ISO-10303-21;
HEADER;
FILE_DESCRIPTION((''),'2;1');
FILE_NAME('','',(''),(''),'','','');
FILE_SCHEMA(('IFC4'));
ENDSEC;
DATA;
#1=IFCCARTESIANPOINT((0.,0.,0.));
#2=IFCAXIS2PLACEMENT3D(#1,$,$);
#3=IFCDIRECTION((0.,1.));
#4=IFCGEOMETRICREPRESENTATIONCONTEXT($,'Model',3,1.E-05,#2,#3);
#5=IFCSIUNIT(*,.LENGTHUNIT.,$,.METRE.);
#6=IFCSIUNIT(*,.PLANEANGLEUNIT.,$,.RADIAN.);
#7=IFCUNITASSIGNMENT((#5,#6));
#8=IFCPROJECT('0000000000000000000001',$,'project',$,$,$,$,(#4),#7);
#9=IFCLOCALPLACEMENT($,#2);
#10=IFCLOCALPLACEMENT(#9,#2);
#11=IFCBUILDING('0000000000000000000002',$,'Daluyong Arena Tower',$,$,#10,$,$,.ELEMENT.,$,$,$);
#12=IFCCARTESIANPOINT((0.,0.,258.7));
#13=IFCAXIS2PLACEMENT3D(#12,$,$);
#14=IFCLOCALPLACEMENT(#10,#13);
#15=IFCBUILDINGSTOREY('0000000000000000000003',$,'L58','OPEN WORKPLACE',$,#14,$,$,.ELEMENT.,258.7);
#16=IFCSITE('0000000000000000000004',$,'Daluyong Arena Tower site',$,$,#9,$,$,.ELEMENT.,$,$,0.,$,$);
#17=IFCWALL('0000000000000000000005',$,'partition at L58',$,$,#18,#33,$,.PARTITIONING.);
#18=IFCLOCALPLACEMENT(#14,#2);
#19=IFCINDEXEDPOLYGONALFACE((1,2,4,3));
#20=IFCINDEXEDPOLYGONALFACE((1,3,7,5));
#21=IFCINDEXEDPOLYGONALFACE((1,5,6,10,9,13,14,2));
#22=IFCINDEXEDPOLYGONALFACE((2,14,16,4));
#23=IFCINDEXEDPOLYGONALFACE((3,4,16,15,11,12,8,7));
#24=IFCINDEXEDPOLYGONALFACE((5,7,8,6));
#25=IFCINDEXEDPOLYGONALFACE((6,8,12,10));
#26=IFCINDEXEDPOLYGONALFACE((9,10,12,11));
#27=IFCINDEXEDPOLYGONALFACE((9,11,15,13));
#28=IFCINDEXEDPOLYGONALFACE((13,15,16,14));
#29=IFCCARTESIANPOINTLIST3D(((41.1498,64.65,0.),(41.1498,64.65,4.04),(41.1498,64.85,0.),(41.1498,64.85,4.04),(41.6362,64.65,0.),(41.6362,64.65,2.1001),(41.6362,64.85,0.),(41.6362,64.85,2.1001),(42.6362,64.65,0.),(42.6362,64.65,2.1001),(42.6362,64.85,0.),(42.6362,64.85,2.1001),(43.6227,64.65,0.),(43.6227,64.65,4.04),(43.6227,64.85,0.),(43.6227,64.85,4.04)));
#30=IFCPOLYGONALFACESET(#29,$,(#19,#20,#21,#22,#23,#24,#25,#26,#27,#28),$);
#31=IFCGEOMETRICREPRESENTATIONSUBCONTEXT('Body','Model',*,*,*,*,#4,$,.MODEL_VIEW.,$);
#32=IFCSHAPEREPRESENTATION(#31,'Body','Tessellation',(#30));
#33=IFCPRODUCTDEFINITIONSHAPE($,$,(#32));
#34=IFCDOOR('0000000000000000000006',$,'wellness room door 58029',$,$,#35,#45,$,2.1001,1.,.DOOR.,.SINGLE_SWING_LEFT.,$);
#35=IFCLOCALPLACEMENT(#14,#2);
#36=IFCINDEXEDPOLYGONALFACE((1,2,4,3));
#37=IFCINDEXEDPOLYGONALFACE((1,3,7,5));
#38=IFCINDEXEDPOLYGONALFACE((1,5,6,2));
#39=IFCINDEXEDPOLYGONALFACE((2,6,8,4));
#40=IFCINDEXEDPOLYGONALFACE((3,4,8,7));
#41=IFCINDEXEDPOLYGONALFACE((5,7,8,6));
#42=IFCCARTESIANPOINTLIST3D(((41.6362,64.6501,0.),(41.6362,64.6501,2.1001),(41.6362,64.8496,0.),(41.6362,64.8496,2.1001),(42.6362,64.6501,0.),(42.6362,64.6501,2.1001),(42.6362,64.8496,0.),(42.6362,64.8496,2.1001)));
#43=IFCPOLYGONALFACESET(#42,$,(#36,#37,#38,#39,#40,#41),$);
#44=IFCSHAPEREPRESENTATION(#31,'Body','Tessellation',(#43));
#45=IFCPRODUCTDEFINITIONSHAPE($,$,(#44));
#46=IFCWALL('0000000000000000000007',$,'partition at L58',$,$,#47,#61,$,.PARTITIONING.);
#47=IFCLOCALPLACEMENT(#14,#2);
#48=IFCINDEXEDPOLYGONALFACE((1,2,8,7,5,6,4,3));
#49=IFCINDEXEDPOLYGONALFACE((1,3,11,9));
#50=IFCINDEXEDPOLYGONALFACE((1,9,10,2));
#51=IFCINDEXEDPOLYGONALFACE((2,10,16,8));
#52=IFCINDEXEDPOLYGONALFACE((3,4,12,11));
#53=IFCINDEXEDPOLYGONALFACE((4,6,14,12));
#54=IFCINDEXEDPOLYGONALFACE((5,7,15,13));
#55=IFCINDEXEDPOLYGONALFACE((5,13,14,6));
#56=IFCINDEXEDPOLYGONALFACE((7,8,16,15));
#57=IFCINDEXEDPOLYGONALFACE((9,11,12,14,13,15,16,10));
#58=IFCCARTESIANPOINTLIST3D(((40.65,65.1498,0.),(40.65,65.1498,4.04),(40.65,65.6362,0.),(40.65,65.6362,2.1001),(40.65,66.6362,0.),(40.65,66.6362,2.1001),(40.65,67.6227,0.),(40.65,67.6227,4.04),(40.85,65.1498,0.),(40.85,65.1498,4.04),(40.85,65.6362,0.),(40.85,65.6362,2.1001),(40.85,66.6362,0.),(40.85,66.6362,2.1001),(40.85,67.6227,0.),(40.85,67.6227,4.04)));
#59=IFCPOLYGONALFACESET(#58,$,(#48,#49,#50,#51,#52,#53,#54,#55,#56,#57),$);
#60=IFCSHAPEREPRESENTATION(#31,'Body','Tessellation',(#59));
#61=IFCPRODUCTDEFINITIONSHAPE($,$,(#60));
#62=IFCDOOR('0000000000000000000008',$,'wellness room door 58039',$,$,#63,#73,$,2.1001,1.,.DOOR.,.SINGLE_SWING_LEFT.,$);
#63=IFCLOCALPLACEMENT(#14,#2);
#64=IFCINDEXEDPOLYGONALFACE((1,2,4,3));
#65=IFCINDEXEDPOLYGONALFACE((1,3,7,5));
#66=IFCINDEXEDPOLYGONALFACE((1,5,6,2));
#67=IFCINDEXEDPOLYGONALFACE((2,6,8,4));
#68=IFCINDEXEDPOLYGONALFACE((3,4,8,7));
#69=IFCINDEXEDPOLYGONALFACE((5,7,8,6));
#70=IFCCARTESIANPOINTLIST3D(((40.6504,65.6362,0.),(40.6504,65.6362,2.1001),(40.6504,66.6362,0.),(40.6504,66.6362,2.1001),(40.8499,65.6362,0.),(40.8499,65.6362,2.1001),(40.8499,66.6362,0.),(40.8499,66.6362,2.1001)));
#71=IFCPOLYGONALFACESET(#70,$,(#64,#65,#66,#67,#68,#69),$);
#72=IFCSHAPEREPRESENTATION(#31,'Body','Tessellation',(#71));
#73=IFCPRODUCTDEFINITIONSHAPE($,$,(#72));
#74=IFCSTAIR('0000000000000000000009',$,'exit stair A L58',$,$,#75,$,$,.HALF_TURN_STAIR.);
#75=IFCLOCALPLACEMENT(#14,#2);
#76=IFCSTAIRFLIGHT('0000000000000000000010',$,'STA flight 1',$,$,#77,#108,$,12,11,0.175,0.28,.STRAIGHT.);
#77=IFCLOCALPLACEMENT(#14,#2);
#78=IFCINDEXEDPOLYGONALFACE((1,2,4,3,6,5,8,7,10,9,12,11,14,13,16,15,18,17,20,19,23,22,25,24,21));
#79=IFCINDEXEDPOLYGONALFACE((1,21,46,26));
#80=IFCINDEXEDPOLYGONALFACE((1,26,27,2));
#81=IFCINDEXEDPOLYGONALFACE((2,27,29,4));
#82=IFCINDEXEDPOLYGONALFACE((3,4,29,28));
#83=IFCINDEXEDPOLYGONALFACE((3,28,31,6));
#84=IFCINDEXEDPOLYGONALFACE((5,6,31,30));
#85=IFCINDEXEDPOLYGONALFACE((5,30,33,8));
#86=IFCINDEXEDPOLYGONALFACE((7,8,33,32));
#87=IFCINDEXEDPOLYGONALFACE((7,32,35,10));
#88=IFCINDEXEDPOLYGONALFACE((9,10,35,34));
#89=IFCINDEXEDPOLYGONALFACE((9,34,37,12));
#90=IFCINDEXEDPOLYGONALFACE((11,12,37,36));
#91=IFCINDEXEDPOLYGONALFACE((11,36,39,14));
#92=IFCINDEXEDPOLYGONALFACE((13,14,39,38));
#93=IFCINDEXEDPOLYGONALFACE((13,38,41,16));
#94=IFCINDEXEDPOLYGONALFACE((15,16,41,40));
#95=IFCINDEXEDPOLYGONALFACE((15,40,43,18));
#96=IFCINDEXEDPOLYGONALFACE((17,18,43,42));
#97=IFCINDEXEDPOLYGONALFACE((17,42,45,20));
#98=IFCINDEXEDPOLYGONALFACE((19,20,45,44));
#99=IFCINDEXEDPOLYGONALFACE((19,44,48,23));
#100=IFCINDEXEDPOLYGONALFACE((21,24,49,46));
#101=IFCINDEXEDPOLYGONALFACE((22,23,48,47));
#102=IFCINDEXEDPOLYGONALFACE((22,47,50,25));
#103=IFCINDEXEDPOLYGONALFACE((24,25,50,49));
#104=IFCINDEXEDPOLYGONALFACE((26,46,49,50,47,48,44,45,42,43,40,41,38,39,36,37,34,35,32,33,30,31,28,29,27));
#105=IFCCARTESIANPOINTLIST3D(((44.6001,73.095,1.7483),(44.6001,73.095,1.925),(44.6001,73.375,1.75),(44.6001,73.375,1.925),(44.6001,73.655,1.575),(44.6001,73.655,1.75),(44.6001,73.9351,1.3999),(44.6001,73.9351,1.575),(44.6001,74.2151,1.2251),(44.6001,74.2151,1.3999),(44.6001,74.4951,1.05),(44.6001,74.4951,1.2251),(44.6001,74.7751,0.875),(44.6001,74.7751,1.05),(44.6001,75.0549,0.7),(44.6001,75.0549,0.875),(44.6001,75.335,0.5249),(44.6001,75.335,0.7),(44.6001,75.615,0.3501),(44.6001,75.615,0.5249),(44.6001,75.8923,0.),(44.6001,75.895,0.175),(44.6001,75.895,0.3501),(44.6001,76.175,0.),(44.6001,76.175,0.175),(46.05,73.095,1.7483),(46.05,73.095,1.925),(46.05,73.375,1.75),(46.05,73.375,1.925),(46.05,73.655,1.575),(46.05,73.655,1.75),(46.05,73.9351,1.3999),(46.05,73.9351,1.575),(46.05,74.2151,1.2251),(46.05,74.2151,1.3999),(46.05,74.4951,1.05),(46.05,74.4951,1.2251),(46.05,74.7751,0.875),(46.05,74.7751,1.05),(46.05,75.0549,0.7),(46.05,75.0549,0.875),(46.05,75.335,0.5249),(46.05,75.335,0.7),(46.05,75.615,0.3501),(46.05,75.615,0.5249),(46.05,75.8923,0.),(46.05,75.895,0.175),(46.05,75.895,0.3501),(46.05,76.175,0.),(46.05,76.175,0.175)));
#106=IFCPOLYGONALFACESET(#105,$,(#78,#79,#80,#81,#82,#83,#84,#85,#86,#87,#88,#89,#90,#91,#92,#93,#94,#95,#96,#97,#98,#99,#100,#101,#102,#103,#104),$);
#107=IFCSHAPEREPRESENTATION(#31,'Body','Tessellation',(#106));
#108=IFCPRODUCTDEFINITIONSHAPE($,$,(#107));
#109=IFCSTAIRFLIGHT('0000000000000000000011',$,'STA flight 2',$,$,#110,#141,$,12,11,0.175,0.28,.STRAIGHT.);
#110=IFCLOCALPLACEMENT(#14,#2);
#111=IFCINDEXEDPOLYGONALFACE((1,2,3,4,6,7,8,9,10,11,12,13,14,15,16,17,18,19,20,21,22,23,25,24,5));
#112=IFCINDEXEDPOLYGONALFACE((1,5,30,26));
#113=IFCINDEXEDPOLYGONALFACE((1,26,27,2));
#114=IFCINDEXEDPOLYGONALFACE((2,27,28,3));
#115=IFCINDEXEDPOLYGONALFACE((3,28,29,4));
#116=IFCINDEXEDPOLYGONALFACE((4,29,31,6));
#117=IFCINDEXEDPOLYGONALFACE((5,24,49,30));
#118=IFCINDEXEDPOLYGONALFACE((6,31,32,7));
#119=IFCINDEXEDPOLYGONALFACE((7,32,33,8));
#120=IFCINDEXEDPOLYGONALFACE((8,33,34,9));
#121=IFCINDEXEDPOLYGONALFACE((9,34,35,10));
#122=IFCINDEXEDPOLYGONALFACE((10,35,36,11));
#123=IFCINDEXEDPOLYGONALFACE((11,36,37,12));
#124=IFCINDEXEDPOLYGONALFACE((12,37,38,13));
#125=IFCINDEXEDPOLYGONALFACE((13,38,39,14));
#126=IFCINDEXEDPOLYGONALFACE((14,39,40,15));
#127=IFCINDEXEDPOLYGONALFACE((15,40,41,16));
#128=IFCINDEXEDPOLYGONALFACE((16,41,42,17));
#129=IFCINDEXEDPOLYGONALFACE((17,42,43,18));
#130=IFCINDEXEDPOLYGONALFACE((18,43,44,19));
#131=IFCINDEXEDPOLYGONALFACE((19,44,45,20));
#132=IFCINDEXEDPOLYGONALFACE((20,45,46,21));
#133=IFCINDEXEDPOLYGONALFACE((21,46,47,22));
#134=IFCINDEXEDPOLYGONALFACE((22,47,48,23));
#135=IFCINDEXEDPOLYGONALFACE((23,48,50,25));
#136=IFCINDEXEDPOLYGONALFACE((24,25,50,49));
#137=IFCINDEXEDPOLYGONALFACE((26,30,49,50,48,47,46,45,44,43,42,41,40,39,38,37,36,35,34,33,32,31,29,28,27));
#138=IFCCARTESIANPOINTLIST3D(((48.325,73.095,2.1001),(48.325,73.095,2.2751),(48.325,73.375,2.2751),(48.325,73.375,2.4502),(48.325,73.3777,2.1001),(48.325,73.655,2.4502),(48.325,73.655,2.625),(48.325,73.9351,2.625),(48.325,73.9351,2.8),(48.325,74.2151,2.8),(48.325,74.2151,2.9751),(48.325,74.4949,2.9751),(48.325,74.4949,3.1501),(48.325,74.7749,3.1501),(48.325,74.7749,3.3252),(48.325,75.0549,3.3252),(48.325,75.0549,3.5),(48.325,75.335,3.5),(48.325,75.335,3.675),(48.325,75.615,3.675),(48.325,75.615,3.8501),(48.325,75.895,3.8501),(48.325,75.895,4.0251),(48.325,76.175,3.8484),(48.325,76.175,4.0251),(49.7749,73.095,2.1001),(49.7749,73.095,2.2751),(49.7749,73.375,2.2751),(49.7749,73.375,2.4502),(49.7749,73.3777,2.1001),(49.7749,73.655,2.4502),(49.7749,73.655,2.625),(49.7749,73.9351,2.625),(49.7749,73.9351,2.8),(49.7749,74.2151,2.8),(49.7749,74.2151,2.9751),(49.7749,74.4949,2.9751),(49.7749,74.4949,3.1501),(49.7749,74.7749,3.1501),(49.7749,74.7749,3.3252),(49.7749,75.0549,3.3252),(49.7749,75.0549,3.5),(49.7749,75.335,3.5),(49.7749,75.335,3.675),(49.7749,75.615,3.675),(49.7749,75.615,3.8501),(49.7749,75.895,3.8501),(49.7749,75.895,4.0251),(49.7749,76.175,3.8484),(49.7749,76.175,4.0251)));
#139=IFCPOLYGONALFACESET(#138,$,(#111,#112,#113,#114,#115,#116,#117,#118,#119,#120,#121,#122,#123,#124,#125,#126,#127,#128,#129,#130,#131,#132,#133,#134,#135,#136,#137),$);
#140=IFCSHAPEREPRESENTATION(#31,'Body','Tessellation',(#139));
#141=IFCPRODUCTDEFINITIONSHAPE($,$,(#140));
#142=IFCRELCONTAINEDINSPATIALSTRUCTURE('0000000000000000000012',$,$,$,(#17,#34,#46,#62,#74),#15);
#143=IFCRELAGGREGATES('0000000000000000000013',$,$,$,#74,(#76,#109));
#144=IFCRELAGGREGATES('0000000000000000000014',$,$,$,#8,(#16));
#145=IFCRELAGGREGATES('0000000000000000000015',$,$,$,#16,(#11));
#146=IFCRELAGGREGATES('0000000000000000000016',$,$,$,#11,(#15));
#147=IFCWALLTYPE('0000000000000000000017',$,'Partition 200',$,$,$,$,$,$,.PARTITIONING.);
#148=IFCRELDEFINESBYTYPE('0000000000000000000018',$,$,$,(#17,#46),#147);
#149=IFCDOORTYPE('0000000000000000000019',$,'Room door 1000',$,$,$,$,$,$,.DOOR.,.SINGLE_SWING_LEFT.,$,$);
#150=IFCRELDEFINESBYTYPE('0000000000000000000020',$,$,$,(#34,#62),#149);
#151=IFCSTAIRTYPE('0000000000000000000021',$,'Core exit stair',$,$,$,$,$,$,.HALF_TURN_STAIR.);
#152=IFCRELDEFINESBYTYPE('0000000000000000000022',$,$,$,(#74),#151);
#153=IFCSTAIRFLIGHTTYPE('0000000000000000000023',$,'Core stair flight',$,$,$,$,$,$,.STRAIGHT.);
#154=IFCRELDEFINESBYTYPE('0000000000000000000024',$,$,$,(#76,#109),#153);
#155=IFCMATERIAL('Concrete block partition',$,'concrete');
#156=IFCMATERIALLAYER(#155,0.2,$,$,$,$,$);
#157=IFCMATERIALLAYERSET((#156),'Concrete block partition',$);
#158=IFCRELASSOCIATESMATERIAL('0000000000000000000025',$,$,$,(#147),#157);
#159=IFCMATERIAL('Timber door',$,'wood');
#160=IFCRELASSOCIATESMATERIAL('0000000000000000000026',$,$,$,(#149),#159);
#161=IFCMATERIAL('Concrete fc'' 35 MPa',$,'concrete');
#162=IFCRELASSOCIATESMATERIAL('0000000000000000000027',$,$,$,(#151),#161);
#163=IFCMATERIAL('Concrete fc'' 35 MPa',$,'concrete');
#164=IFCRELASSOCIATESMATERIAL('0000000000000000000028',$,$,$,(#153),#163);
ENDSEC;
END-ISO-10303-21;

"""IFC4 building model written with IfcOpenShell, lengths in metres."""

from ifc_helpers import new_model, si_unit, direction, frame, frame_2d, origin, place, context, subcontext, project, spatial, polyline, rectangle, outline, extrude, material, layer, layer_set, type_object, element, fill, aggregate, save


model = new_model("IFC4")

# Units and contexts
model_context = context("Model", 3, precision=1e-05, world=origin(), true_north=direction((0.0, 1.0)))
body_context = subcontext(model_context, "Body", "Model", "MODEL_VIEW")
ifc_project = project(units=[si_unit("LENGTHUNIT", "METRE"), si_unit("PLANEANGLEUNIT", "RADIAN")], contexts=[model_context])

# Site, building, storey
site_placement = place(None, origin())
site = spatial("IfcSite", under=ifc_project, at=site_placement, Name="Daluyong Arena Tower site", CompositionType="ELEMENT", RefElevation=0.0)
building_placement = place(site_placement, origin())
building = spatial("IfcBuilding", under=site, at=building_placement, Name="Daluyong Arena Tower", CompositionType="ELEMENT")
storey_placement = place(building_placement, frame((0.0, 0.0, 258.7)))
storey = spatial("IfcBuildingStorey", under=building, at=storey_placement, Name="L58", Description="OPEN WORKPLACE", CompositionType="ELEMENT", Elevation=258.7)

# Shared definitions
ifc_material_1 = material(Name="Concrete block partition", Category="concrete")
ifc_layer_1 = layer(ifc_material_1, 0.2)
ifc_layer_set_1 = layer_set([ifc_layer_1], Name="Concrete block partition")
wall_type_1 = type_object("IfcWallType", Name="Partition 200", PredefinedType="PARTITIONING", material=ifc_layer_set_1)

# Walls, openings, doors
wall_1_placement = place(storey_placement, frame((41.1499, 64.75, 0.0), z_axis=(0.0, 0.0, 1.0), x_axis=(1.0, 0.0, 0.0)))
wall_1 = element("IfcWall", 1, at=wall_1_placement, inside=storey, type_object=wall_type_1, Name="partition at L58", PredefinedType="PARTITIONING", context=body_context, shape_type="SweptSolid", body=[
    extrude(rectangle(XDim=2.4729, YDim=0.2, at=frame_2d((1.2363, 0.0))), origin(), (0.0, 0.0, 1.0), 4.04),
])
opening_1_placement = place(wall_1_placement, frame((0.4863, 0.0, 0.0)))
opening_1 = element("IfcOpeningElement", 2, at=opening_1_placement, cuts=wall_1, PredefinedType="OPENING", context=body_context, shape_type="SweptSolid", body=[
    extrude(rectangle(XDim=1.0, YDim=2.1001, at=frame_2d((0.5, 1.05))), frame((0.0, 0.1099, 0.0), z_axis=(0.0, -1.0, 0.0), x_axis=(1.0, 0.0, 0.0)), (0.0, 0.0, 1.0), 0.22),
])
ifc_material_2 = material(Name="Timber door", Category="wood")
door_type_1 = type_object("IfcDoorType", Name="Room door 1000", OperationType="SINGLE_SWING_LEFT", PredefinedType="DOOR", material=ifc_material_2)
door_1_placement = place(opening_1_placement, origin())
door_1 = element("IfcDoor", 3, at=door_1_placement, inside=storey, type_object=door_type_1, Name="wellness room door 58029", OperationType="SINGLE_SWING_LEFT", OverallHeight=2.1001, OverallWidth=1.0, PredefinedType="DOOR", context=body_context, shape_type="SweptSolid", body=[
    extrude(rectangle(XDim=1.0, YDim=2.1001, at=frame_2d((0.5, 1.05))), frame((0.0, 0.0996, 0.0), z_axis=(0.0, -1.0, 0.0), x_axis=(1.0, 0.0, 0.0)), (0.0, 0.0, 1.0), 0.1995),
])
fill(opening_1, door_1)
wall_2_placement = place(storey_placement, frame((40.75, 65.1499, 0.0), z_axis=(0.0, 0.0, 1.0), x_axis=(0.0, 1.0, 0.0)))
wall_2 = element("IfcWall", 4, at=wall_2_placement, inside=storey, type_object=wall_type_1, Name="partition at L58", PredefinedType="PARTITIONING", context=body_context, shape_type="SweptSolid", body=[
    extrude(rectangle(XDim=2.4729, YDim=0.2, at=frame_2d((1.2363, 0.0))), origin(), (0.0, 0.0, 1.0), 4.04),
])
opening_2_placement = place(wall_2_placement, frame((0.4863, 0.0, 0.0)))
opening_2 = element("IfcOpeningElement", 5, at=opening_2_placement, cuts=wall_2, PredefinedType="OPENING", context=body_context, shape_type="SweptSolid", body=[
    extrude(rectangle(XDim=1.0, YDim=2.1001, at=frame_2d((0.5, 1.05))), frame((0.0, 0.1099, 0.0), z_axis=(0.0, -1.0, 0.0), x_axis=(1.0, 0.0, 0.0)), (0.0, 0.0, 1.0), 0.22),
])
door_2_placement = place(opening_2_placement, origin())
door_2 = element("IfcDoor", 6, at=door_2_placement, inside=storey, type_object=door_type_1, Name="wellness room door 58039", OperationType="SINGLE_SWING_LEFT", OverallHeight=2.1001, OverallWidth=1.0, PredefinedType="DOOR", context=body_context, shape_type="SweptSolid", body=[
    extrude(rectangle(XDim=1.0, YDim=2.1001, at=frame_2d((0.5, 1.05))), frame((0.0, 0.0996, 0.0), z_axis=(0.0, -1.0, 0.0), x_axis=(1.0, 0.0, 0.0)), (0.0, 0.0, 1.0), 0.1995),
])
fill(opening_2, door_2)

# Stair, stair flights
ifc_material_3 = material(Name="Concrete fc' 35 MPa", Category="concrete")
stair_type = type_object("IfcStairType", Name="Core exit stair", PredefinedType="HALF_TURN_STAIR", material=ifc_material_3)
stair_placement = place(storey_placement, origin())
stair = element("IfcStair", 7, at=stair_placement, inside=storey, type_object=stair_type, Name="exit stair A L58", PredefinedType="HALF_TURN_STAIR")
ifc_material_4 = material(Name="Concrete fc' 35 MPa", Category="concrete")
stair_flight_type = type_object("IfcStairFlightType", Name="Core stair flight", PredefinedType="STRAIGHT", material=ifc_material_4)
stair_flight_1_placement = place(storey_placement, frame((45.325, 76.175, 0.0), z_axis=(0.0, 0.0, 1.0), x_axis=(0.0, -1.0, 0.0)))
stair_flight_1 = element("IfcStairFlight", 8, at=stair_flight_1_placement, type_object=stair_flight_type, Name="STA flight 1", NumberOfRisers=12, NumberOfTreads=11, PredefinedType="STRAIGHT", RiserHeight=0.175, TreadLength=0.28, context=body_context, shape_type="SweptSolid", body=[
    extrude(outline(polyline([(0.0, 0.0), (0.0, 0.175), (0.28, 0.175), (0.28, 0.3501), (0.5601, 0.3501), (0.5601, 0.5249), (0.8401, 0.5249), (0.8401, 0.7), (1.1201, 0.7), (1.1201, 0.875), (1.3999, 0.875), (1.3999, 1.05), (1.6799, 1.05), (1.6799, 1.2251), (1.96, 1.2251), (1.96, 1.3999), (2.24, 1.3999), (2.24, 1.575), (2.52, 1.575), (2.52, 1.75), (2.8, 1.75), (2.8, 1.925), (3.0801, 1.925), (3.0801, 2.1001), (3.0801, 1.7483), (0.2827, 0.0), (0.0, 0.0)])), frame((0.0, 0.7251, 0.0), z_axis=(0.0, -1.0, 0.0), x_axis=(1.0, 0.0, 0.0)), (0.0, 0.0, 1.0), 1.45),
])
stair_flight_2_placement = place(storey_placement, frame((49.05, 73.095, 2.1001), z_axis=(0.0, 0.0, 1.0), x_axis=(0.0, 1.0, 0.0)))
stair_flight_2 = element("IfcStairFlight", 9, at=stair_flight_2_placement, type_object=stair_flight_type, Name="STA flight 2", NumberOfRisers=12, NumberOfTreads=11, PredefinedType="STRAIGHT", RiserHeight=0.175, TreadLength=0.28, context=body_context, shape_type="SweptSolid", body=[
    extrude(outline(polyline([(0.0, 0.0), (0.0, 0.175), (0.28, 0.175), (0.28, 0.3501), (0.5601, 0.3501), (0.5601, 0.5249), (0.8401, 0.5249), (0.8401, 0.7), (1.1201, 0.7), (1.1201, 0.875), (1.3999, 0.875), (1.3999, 1.05), (1.6799, 1.05), (1.6799, 1.2251), (1.96, 1.2251), (1.96, 1.3999), (2.24, 1.3999), (2.24, 1.575), (2.52, 1.575), (2.52, 1.75), (2.8, 1.75), (2.8, 1.925), (3.0801, 1.925), (3.0801, 2.1001), (3.0801, 1.7483), (0.2827, 0.0), (0.0, 0.0)])), frame((0.0, 0.7251, 0.0), z_axis=(0.0, -1.0, 0.0), x_axis=(1.0, 0.0, 0.0)), (0.0, 0.0, 1.0), 1.45),
])
aggregate(stair, [stair_flight_1, stair_flight_2])

save(model, "model.ifc")
